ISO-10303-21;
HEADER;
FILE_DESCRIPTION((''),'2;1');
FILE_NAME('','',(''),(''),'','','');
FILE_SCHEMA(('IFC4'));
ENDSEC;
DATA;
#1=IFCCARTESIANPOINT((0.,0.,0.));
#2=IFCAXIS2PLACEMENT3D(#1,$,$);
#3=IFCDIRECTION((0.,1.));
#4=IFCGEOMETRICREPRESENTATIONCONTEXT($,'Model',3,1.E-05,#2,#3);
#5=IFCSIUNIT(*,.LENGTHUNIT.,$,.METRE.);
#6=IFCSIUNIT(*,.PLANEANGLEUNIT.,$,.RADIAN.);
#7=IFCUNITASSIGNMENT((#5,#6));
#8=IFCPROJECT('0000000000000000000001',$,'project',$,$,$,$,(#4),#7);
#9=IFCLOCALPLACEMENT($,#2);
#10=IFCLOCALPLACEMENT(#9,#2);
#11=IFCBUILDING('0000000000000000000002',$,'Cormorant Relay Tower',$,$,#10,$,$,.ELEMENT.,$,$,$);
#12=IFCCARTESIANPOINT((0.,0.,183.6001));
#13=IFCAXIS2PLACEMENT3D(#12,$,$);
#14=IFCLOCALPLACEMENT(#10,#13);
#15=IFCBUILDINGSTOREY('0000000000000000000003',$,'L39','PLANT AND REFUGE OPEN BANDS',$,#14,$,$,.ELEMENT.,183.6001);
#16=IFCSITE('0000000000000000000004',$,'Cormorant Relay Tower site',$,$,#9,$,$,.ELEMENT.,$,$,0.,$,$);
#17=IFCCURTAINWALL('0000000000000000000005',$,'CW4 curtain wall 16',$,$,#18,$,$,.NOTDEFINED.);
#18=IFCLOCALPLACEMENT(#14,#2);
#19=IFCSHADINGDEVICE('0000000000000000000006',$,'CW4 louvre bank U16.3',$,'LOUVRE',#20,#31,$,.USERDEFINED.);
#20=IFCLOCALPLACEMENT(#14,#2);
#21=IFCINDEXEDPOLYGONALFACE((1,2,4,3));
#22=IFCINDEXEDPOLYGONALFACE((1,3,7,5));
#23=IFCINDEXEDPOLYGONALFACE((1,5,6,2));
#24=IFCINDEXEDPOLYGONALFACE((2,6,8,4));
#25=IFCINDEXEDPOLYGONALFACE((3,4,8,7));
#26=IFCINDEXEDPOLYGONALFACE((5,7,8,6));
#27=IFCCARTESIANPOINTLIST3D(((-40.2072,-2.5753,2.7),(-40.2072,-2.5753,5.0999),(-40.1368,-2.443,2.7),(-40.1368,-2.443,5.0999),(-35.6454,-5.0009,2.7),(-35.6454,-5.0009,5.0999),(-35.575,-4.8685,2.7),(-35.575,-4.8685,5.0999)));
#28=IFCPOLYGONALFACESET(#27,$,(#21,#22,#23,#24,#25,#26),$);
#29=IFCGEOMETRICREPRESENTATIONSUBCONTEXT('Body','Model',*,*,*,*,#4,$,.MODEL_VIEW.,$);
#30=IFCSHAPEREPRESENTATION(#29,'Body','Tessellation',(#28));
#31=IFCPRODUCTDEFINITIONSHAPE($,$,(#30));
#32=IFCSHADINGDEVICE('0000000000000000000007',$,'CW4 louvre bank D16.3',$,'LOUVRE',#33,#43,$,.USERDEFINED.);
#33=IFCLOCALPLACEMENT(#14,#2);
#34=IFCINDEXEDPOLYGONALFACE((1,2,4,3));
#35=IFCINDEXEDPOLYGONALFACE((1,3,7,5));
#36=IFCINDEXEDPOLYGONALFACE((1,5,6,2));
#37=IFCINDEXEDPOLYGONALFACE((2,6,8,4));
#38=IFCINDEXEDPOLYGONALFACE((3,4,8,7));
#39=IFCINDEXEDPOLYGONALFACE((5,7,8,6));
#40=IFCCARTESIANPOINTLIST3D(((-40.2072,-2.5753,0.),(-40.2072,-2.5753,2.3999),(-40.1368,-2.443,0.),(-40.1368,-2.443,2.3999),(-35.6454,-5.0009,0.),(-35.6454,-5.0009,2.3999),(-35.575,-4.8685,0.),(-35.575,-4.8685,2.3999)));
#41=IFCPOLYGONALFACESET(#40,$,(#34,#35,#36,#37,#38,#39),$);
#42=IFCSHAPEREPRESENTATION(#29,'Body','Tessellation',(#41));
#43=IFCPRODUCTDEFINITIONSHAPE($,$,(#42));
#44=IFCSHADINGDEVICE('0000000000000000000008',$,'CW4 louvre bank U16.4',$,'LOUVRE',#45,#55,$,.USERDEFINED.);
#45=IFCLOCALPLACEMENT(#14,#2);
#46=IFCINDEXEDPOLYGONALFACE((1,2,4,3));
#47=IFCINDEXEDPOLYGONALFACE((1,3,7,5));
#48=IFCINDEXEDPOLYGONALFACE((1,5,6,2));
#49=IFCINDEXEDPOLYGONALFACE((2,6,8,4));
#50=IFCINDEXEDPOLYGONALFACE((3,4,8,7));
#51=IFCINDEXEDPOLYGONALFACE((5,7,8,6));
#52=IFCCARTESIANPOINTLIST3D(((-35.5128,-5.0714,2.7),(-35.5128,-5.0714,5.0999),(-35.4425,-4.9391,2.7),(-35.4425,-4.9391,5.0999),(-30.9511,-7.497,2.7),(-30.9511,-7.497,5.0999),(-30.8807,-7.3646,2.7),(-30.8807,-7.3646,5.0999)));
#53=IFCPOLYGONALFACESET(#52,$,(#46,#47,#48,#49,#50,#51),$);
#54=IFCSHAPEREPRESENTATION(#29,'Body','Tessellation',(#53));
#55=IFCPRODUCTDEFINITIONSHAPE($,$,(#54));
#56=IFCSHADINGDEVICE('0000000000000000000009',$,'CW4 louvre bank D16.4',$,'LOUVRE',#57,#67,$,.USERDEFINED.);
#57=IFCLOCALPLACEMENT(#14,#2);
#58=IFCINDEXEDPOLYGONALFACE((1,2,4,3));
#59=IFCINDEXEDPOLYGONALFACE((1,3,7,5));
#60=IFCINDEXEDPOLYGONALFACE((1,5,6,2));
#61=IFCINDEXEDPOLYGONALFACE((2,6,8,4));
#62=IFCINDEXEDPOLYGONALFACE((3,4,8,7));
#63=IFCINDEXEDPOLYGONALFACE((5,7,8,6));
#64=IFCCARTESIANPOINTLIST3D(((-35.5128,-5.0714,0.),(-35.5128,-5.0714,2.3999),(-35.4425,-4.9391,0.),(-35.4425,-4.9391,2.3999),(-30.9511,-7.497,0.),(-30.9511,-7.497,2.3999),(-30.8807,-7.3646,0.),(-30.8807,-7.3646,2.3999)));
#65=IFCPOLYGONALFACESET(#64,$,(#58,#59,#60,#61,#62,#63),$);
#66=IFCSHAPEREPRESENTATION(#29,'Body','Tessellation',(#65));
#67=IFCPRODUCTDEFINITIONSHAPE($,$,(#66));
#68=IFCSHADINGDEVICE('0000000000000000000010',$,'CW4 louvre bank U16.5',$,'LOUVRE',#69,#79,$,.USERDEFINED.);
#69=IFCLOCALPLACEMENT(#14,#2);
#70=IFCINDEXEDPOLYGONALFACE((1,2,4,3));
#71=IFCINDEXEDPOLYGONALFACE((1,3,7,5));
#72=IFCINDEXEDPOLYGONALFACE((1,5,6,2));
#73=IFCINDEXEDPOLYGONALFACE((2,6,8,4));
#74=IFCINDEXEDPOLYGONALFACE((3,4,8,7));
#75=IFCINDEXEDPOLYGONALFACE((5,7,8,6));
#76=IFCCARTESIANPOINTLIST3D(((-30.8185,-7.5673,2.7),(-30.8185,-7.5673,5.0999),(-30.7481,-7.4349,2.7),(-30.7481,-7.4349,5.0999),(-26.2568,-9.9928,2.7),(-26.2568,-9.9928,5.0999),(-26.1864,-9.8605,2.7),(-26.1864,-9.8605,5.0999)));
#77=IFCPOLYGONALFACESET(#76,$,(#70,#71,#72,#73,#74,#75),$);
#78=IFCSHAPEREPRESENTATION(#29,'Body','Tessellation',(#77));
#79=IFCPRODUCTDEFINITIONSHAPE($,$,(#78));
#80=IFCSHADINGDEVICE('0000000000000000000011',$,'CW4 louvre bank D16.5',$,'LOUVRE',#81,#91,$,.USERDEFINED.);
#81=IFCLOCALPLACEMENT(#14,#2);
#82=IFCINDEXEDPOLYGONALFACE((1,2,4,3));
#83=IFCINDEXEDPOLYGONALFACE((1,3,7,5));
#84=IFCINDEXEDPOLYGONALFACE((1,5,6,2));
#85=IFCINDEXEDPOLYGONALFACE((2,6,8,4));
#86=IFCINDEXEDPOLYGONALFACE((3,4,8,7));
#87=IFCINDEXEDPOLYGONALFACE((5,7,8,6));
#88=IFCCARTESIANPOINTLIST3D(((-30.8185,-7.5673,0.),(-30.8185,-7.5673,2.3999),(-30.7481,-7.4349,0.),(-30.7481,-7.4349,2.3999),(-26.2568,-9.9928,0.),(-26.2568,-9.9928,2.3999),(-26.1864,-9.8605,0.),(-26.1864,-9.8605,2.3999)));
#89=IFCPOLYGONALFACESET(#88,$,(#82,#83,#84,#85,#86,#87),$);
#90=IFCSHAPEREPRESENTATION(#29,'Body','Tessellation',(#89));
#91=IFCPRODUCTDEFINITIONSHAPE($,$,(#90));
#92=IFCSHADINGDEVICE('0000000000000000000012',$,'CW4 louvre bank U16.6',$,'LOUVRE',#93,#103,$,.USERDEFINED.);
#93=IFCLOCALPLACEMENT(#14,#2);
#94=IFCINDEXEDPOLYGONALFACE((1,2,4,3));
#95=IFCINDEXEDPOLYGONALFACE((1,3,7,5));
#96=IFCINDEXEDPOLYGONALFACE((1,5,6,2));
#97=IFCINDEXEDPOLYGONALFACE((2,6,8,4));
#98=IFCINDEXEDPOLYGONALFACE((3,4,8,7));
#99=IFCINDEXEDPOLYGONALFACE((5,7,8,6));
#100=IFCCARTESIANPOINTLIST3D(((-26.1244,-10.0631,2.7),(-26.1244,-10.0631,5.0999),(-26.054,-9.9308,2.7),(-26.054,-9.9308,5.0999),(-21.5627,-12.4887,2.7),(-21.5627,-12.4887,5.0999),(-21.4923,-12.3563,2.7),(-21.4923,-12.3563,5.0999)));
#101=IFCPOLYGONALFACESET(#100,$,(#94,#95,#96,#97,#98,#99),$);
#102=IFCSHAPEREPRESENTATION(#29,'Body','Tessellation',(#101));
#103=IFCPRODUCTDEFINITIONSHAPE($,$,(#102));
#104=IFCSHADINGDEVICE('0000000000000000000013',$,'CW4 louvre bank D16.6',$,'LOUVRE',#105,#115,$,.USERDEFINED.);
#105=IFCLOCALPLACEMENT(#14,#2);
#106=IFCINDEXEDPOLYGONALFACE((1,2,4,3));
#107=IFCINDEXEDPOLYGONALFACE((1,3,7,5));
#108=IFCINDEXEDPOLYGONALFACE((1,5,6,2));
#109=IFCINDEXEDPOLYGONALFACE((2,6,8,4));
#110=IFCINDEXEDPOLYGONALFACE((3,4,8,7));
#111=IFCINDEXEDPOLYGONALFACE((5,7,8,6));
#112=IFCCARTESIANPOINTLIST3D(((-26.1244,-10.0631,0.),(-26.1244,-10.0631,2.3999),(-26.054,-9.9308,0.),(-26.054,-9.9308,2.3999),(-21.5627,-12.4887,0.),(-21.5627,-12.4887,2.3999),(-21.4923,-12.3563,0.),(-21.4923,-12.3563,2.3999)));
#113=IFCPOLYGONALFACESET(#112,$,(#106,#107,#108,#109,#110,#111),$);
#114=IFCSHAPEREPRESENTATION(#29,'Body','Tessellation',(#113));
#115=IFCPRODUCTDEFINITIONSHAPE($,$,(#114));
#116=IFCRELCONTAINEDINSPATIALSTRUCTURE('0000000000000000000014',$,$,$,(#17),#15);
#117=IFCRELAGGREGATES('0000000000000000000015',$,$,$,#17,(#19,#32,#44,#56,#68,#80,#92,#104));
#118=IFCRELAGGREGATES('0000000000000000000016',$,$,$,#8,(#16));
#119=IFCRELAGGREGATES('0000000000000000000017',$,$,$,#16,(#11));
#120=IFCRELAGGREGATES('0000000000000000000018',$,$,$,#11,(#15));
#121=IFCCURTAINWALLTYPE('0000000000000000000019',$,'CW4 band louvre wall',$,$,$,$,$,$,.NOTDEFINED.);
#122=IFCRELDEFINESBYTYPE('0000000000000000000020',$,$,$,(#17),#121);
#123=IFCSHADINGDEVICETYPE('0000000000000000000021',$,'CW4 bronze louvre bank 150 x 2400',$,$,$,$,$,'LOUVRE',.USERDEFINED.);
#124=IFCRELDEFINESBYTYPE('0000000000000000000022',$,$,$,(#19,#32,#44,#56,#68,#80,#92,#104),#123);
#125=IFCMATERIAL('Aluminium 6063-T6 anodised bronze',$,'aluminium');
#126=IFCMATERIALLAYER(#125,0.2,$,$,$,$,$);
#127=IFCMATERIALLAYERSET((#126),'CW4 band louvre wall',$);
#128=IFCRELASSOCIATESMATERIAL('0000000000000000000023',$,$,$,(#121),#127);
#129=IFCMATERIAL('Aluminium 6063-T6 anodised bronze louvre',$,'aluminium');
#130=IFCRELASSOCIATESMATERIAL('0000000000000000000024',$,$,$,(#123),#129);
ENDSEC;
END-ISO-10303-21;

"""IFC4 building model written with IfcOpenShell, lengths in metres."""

from ifc_helpers import new_model, si_unit, direction, frame, origin, origin_2d, place, context, subcontext, project, spatial, rectangle, extrude, material, layer, layer_set, type_object, element, aggregate, save


model = new_model("IFC4")

# Units and contexts
model_context = context("Model", 3, precision=1e-05, world=origin(), true_north=direction((0.0, 1.0)))
body_context = subcontext(model_context, "Body", "Model", "MODEL_VIEW")
ifc_project = project(units=[si_unit("LENGTHUNIT", "METRE"), si_unit("PLANEANGLEUNIT", "RADIAN")], contexts=[model_context])

# Site, building, storey
site_placement = place(None, origin())
site = spatial("IfcSite", under=ifc_project, at=site_placement, Name="Cormorant Relay Tower site", CompositionType="ELEMENT", RefElevation=0.0)
building_placement = place(site_placement, origin())
building = spatial("IfcBuilding", under=site, at=building_placement, Name="Cormorant Relay Tower", CompositionType="ELEMENT")
storey_placement = place(building_placement, frame((0.0, 0.0, 183.6001)))
storey = spatial("IfcBuildingStorey", under=building, at=storey_placement, Name="L39", Description="PLANT AND REFUGE OPEN BANDS", CompositionType="ELEMENT", Elevation=183.6001)

# Curtain wall
ifc_material_1 = material(Name="Aluminium 6063-T6 anodised bronze", Category="aluminium")
ifc_layer_1 = layer(ifc_material_1, 0.2)
ifc_layer_set_1 = layer_set([ifc_layer_1], Name="CW4 band louvre wall")
curtain_wall_type = type_object("IfcCurtainWallType", Name="CW4 band louvre wall", PredefinedType="NOTDEFINED", material=ifc_layer_set_1)
curtain_wall_placement = place(storey_placement, origin())
curtain_wall = element("IfcCurtainWall", 1, at=curtain_wall_placement, inside=storey, type_object=curtain_wall_type, Name="CW4 curtain wall 16", PredefinedType="NOTDEFINED")

# Shading devices
ifc_material_2 = material(Name="Aluminium 6063-T6 anodised bronze louvre", Category="aluminium")
shading_device_type = type_object("IfcShadingDeviceType", Name="CW4 bronze louvre bank 150 x 2400", ElementType="LOUVRE", PredefinedType="USERDEFINED", material=ifc_material_2)
shading_device_1_placement = place(storey_placement, frame((-37.8911, -3.7219, 2.7), z_axis=(0.0, 0.0, 1.0), x_axis=(0.882948, -0.469472, 0.0)))
shading_device_1 = element("IfcShadingDevice", 2, at=shading_device_1_placement, type_object=shading_device_type, Name="CW4 louvre bank U16.3", ObjectType="LOUVRE", PredefinedType="USERDEFINED", context=body_context, shape_type="SweptSolid", body=[
    extrude(rectangle(XDim=5.1665, YDim=0.1499, at=origin_2d()), origin(), (0.0, 0.0, 1.0), 2.3999),
])
shading_device_2_placement = place(storey_placement, frame((-37.8911, -3.7219, 0.0), z_axis=(0.0, 0.0, 1.0), x_axis=(0.882948, -0.469472, 0.0)))
shading_device_2 = element("IfcShadingDevice", 3, at=shading_device_2_placement, type_object=shading_device_type, Name="CW4 louvre bank D16.3", ObjectType="LOUVRE", PredefinedType="USERDEFINED", context=body_context, shape_type="SweptSolid", body=[
    extrude(rectangle(XDim=5.1665, YDim=0.1499, at=origin_2d()), origin(), (0.0, 0.0, 1.0), 2.3999),
])
shading_device_3_placement = place(storey_placement, frame((-33.1968, -6.218, 2.7), z_axis=(0.0, 0.0, 1.0), x_axis=(0.882948, -0.469472, 0.0)))
shading_device_3 = element("IfcShadingDevice", 4, at=shading_device_3_placement, type_object=shading_device_type, Name="CW4 louvre bank U16.4", ObjectType="LOUVRE", PredefinedType="USERDEFINED", context=body_context, shape_type="SweptSolid", body=[
    extrude(rectangle(XDim=5.1665, YDim=0.1499, at=origin_2d()), origin(), (0.0, 0.0, 1.0), 2.3999),
])
shading_device_4_placement = place(storey_placement, frame((-33.1968, -6.218, 0.0), z_axis=(0.0, 0.0, 1.0), x_axis=(0.882948, -0.469472, 0.0)))
shading_device_4 = element("IfcShadingDevice", 5, at=shading_device_4_placement, type_object=shading_device_type, Name="CW4 louvre bank D16.4", ObjectType="LOUVRE", PredefinedType="USERDEFINED", context=body_context, shape_type="SweptSolid", body=[
    extrude(rectangle(XDim=5.1665, YDim=0.1499, at=origin_2d()), origin(), (0.0, 0.0, 1.0), 2.3999),
])
shading_device_5_placement = place(storey_placement, frame((-28.5024, -8.7139, 2.7), z_axis=(0.0, 0.0, 1.0), x_axis=(0.882948, -0.469472, 0.0)))
shading_device_5 = element("IfcShadingDevice", 6, at=shading_device_5_placement, type_object=shading_device_type, Name="CW4 louvre bank U16.5", ObjectType="LOUVRE", PredefinedType="USERDEFINED", context=body_context, shape_type="SweptSolid", body=[
    extrude(rectangle(XDim=5.1665, YDim=0.1499, at=origin_2d()), origin(), (0.0, 0.0, 1.0), 2.3999),
])
shading_device_6_placement = place(storey_placement, frame((-28.5024, -8.7139, 0.0), z_axis=(0.0, 0.0, 1.0), x_axis=(0.882948, -0.469472, 0.0)))
shading_device_6 = element("IfcShadingDevice", 7, at=shading_device_6_placement, type_object=shading_device_type, Name="CW4 louvre bank D16.5", ObjectType="LOUVRE", PredefinedType="USERDEFINED", context=body_context, shape_type="SweptSolid", body=[
    extrude(rectangle(XDim=5.1665, YDim=0.1499, at=origin_2d()), origin(), (0.0, 0.0, 1.0), 2.3999),
])
shading_device_7_placement = place(storey_placement, frame((-23.8083, -11.2097, 2.7), z_axis=(0.0, 0.0, 1.0), x_axis=(0.882948, -0.469472, 0.0)))
shading_device_7 = element("IfcShadingDevice", 8, at=shading_device_7_placement, type_object=shading_device_type, Name="CW4 louvre bank U16.6", ObjectType="LOUVRE", PredefinedType="USERDEFINED", context=body_context, shape_type="SweptSolid", body=[
    extrude(rectangle(XDim=5.1665, YDim=0.1499, at=origin_2d()), origin(), (0.0, 0.0, 1.0), 2.3999),
])
shading_device_8_placement = place(storey_placement, frame((-23.8083, -11.2097, 0.0), z_axis=(0.0, 0.0, 1.0), x_axis=(0.882948, -0.469472, 0.0)))
shading_device_8 = element("IfcShadingDevice", 9, at=shading_device_8_placement, type_object=shading_device_type, Name="CW4 louvre bank D16.6", ObjectType="LOUVRE", PredefinedType="USERDEFINED", context=body_context, shape_type="SweptSolid", body=[
    extrude(rectangle(XDim=5.1665, YDim=0.1499, at=origin_2d()), origin(), (0.0, 0.0, 1.0), 2.3999),
])
aggregate(curtain_wall, [shading_device_1, shading_device_2, shading_device_3, shading_device_4, shading_device_5, shading_device_6, shading_device_7, shading_device_8])

save(model, "model.ifc")
